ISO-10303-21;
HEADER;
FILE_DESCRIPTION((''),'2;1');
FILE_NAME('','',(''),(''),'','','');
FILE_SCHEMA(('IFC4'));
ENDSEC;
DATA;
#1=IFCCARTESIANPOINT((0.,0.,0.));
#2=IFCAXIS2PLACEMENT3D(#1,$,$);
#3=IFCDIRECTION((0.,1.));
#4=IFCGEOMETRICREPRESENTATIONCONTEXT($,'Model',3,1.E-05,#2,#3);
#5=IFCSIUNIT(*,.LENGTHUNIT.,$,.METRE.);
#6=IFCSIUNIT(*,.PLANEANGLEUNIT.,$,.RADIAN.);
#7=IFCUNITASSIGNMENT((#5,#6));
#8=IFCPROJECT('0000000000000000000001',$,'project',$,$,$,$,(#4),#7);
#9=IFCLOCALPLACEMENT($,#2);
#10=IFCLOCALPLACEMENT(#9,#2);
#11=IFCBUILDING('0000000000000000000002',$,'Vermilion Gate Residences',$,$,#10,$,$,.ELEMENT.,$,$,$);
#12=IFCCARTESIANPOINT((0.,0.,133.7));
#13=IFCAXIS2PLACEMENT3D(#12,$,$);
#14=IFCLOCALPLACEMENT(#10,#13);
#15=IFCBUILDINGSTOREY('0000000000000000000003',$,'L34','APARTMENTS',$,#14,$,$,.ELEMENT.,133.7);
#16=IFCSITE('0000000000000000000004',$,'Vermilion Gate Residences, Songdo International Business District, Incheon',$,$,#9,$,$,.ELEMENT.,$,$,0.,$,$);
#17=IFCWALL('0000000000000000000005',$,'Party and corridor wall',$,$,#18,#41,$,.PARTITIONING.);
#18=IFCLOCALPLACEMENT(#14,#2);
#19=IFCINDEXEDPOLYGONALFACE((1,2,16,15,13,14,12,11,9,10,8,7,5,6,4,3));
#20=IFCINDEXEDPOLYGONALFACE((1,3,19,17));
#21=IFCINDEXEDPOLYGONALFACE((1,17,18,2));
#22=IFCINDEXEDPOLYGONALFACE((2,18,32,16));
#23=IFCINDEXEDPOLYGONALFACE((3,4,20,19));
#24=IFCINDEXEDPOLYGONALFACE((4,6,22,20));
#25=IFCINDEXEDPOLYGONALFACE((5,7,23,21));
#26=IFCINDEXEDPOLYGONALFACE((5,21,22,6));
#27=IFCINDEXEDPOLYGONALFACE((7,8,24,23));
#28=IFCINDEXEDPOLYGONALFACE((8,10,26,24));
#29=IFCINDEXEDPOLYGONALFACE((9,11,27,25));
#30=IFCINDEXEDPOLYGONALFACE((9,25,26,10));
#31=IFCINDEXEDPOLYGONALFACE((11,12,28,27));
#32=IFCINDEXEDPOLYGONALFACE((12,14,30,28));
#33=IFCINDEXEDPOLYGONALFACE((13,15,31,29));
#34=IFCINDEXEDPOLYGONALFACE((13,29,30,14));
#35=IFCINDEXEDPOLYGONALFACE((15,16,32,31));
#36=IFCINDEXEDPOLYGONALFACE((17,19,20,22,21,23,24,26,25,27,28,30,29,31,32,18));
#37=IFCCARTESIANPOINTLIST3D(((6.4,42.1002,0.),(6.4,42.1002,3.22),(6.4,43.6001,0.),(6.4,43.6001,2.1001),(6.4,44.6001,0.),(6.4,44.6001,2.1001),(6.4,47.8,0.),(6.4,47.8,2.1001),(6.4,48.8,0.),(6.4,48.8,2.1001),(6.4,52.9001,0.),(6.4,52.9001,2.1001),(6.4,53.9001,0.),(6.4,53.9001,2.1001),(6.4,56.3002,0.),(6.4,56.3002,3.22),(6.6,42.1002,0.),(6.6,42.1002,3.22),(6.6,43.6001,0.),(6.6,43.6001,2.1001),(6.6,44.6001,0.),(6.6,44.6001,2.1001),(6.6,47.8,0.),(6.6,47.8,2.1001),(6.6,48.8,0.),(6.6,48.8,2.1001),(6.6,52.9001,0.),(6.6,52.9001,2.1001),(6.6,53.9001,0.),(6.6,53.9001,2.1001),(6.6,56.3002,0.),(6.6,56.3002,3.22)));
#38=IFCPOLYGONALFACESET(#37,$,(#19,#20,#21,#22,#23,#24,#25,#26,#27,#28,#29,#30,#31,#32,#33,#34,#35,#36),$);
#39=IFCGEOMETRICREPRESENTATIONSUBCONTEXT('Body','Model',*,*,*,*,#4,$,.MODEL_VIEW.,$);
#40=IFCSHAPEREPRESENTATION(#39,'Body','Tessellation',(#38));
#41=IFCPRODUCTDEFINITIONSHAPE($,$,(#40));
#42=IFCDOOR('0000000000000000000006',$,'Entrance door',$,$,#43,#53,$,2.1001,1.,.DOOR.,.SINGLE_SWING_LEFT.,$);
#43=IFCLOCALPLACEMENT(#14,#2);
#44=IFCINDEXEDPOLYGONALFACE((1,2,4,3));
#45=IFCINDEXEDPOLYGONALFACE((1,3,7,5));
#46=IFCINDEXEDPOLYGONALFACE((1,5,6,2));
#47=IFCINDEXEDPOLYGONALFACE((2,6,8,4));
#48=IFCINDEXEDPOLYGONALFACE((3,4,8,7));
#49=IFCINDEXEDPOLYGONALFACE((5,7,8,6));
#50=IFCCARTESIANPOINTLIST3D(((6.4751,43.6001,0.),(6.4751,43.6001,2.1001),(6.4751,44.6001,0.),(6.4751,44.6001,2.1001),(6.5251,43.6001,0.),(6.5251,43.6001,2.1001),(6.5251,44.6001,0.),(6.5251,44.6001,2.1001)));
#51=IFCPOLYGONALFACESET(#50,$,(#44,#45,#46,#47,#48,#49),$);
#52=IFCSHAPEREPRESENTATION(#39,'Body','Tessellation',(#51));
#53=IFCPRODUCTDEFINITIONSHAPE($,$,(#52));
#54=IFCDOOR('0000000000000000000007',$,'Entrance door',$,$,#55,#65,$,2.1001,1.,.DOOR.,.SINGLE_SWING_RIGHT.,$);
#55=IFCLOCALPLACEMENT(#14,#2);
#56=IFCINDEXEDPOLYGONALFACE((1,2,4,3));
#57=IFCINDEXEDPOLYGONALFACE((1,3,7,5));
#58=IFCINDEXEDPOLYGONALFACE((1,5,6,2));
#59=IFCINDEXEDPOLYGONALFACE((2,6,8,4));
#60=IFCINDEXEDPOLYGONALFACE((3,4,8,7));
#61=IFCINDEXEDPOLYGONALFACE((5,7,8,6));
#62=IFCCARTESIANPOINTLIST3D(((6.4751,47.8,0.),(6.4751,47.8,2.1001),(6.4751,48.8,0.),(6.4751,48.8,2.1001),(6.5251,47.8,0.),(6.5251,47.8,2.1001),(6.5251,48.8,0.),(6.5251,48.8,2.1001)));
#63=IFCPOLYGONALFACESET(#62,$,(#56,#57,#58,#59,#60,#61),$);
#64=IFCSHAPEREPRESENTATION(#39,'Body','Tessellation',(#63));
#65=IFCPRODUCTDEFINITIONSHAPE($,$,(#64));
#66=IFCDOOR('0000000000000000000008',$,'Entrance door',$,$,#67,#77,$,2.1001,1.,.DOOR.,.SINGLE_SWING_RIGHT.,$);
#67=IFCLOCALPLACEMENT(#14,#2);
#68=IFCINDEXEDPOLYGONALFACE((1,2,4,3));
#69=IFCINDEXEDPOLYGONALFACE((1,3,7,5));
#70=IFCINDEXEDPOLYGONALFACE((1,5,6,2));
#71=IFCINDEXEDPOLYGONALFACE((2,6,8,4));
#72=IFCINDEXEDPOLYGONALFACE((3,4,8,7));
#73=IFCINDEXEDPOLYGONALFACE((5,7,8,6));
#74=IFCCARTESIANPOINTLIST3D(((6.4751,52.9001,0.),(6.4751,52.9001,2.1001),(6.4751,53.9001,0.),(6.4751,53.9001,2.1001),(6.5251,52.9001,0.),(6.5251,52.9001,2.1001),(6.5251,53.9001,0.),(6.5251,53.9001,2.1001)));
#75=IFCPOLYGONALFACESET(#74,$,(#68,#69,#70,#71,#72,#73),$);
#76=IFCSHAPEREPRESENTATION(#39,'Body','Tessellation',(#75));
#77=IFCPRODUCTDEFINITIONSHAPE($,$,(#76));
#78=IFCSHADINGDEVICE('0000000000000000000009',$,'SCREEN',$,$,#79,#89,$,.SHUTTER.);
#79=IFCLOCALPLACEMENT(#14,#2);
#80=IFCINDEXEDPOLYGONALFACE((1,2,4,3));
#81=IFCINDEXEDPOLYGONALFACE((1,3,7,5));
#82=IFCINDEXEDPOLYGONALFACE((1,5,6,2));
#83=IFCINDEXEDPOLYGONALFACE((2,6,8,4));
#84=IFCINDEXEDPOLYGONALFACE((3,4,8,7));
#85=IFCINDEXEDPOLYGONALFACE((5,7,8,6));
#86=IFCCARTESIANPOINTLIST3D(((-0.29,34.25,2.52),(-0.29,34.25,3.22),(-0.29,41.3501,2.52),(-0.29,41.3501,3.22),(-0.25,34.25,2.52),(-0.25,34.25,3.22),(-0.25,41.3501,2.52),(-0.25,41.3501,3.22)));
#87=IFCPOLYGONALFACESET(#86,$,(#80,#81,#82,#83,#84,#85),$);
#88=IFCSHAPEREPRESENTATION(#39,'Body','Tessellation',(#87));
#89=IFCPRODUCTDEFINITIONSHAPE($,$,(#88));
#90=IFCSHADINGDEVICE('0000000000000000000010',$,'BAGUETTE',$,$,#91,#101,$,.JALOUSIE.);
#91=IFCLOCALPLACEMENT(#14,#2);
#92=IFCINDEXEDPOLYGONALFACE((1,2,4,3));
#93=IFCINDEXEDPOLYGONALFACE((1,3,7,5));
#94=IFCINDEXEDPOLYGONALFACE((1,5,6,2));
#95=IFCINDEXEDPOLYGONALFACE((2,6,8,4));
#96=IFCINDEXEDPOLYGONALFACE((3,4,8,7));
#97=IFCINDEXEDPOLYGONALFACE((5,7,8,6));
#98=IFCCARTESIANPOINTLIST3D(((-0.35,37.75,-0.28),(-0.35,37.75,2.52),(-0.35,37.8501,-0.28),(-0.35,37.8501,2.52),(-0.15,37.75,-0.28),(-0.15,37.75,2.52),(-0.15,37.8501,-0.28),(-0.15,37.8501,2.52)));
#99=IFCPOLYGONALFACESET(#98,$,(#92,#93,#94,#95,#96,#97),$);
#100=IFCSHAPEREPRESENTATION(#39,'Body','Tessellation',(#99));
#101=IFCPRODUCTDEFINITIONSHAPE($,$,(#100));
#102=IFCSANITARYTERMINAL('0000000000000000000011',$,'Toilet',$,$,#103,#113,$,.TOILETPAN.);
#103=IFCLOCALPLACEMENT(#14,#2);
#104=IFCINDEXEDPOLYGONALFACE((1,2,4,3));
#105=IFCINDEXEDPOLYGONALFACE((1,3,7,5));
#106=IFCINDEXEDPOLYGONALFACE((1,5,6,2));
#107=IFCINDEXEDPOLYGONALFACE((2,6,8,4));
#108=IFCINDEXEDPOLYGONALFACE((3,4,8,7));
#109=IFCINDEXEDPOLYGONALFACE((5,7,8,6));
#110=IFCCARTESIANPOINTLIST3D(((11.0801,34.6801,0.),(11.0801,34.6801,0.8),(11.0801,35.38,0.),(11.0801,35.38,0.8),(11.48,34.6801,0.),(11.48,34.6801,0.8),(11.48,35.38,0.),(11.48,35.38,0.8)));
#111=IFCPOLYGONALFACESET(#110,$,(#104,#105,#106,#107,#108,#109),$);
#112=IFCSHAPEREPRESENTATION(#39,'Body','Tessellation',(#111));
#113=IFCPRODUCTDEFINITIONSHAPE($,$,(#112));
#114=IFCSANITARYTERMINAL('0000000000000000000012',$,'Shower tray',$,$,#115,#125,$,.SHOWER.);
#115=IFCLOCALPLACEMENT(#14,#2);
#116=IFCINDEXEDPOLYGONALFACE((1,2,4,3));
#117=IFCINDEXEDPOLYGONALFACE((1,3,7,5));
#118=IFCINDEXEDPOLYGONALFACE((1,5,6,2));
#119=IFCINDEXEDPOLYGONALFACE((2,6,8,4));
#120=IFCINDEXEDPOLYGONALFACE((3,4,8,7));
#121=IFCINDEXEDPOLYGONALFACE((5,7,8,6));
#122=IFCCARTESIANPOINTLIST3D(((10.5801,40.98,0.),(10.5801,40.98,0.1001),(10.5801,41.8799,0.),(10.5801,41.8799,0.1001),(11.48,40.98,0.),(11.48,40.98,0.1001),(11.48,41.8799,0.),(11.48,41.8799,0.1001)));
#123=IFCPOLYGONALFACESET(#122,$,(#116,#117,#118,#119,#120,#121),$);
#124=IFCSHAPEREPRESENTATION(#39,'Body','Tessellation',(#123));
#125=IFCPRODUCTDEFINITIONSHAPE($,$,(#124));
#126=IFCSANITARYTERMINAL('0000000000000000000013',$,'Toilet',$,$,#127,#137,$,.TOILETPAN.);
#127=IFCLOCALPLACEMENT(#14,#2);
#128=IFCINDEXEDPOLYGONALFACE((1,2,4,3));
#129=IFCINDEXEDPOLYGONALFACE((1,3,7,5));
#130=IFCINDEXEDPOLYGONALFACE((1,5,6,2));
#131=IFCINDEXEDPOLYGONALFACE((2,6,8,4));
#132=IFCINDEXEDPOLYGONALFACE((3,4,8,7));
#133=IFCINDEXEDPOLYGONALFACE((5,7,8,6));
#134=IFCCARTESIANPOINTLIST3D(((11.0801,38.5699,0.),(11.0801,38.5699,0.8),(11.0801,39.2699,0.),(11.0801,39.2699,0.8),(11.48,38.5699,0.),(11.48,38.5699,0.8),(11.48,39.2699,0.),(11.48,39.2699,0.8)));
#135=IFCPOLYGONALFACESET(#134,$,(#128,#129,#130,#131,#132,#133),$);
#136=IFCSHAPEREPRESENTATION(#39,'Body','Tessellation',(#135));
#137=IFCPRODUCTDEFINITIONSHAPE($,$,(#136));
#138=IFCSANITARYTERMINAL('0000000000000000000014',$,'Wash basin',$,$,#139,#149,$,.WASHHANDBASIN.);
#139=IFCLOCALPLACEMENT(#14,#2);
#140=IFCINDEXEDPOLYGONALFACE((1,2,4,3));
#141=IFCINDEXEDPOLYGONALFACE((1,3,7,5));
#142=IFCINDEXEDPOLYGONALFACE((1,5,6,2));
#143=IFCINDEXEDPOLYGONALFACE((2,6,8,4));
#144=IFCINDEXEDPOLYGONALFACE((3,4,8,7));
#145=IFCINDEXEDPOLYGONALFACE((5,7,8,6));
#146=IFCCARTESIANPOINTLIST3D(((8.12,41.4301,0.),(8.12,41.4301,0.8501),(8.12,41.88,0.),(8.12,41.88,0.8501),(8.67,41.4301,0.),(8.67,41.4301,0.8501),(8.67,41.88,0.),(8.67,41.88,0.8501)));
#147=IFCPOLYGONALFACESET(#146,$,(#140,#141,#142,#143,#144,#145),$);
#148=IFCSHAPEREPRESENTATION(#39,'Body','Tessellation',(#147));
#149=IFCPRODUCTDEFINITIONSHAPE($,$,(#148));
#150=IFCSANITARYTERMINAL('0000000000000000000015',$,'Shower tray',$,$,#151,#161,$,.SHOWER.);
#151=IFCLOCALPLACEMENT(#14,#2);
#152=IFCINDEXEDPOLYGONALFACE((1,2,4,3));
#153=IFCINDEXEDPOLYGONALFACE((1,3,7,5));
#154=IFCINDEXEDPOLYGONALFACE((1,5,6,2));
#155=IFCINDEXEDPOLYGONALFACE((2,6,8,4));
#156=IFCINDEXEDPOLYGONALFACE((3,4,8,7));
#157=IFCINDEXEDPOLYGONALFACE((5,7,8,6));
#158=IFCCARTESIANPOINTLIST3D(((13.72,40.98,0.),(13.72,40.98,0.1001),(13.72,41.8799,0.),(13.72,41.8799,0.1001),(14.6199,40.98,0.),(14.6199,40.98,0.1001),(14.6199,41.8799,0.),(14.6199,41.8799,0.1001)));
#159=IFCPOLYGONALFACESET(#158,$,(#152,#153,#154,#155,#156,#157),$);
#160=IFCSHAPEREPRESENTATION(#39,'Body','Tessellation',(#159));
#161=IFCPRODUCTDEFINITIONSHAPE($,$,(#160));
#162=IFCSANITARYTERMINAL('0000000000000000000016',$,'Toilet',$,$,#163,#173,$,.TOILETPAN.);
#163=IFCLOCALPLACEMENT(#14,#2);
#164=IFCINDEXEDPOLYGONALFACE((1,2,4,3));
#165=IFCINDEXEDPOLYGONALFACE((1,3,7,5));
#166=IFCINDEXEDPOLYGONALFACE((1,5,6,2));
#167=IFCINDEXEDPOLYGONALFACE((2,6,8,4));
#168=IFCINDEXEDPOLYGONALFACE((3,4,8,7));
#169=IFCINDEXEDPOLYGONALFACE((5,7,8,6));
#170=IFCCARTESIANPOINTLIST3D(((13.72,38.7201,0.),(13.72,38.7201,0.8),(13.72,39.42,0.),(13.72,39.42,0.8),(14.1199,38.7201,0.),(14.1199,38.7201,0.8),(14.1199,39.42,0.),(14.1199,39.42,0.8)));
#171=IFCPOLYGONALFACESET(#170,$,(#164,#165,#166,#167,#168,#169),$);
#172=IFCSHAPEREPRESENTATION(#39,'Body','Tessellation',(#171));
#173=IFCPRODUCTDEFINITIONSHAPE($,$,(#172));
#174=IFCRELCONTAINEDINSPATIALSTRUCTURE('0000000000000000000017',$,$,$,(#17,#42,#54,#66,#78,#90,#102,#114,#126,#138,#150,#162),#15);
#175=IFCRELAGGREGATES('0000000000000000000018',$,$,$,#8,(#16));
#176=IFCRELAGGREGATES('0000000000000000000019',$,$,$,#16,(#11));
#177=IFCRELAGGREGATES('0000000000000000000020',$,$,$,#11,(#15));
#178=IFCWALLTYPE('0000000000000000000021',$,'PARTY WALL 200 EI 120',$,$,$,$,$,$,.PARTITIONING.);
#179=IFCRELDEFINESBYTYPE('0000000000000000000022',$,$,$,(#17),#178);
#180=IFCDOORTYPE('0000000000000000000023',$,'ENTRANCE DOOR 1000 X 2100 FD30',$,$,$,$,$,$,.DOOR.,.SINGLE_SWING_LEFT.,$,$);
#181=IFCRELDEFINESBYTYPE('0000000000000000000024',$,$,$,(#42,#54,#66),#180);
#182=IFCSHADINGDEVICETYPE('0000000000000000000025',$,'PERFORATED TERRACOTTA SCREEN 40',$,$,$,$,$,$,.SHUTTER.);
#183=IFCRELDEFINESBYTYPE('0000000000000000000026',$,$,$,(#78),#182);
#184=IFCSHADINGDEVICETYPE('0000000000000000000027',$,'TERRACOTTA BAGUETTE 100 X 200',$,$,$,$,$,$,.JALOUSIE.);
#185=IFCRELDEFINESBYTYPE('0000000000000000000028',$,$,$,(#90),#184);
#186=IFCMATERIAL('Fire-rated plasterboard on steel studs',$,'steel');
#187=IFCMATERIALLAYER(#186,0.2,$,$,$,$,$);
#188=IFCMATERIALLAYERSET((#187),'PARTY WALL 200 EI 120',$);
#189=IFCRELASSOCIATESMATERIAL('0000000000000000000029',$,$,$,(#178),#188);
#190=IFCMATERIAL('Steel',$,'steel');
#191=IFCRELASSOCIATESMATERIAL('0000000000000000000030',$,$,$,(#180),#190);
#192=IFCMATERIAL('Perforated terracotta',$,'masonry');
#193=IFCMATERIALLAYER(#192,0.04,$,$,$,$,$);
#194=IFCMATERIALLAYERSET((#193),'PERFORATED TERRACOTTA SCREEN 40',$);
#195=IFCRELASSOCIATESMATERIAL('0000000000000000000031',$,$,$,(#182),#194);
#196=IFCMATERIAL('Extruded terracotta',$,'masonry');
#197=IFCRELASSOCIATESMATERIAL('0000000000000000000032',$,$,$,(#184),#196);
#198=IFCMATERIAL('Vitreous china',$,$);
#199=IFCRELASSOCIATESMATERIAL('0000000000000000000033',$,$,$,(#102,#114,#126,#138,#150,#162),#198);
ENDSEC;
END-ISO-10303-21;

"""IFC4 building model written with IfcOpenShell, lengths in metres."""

from ifc_helpers import new_model, si_unit, direction, frame, frame_2d, origin, origin_2d, place, context, subcontext, project, spatial, rectangle, extrude, material, layer, layer_set, material_profile, profile_set, type_object, element, fill, save


model = new_model("IFC4")

# Units and contexts
model_context = context("Model", 3, precision=1e-05, world=origin(), true_north=direction((0.0, 1.0)))
body_context = subcontext(model_context, "Body", "Model", "MODEL_VIEW")
ifc_project = project(units=[si_unit("LENGTHUNIT", "METRE"), si_unit("PLANEANGLEUNIT", "RADIAN")], contexts=[model_context])

# Site, building, storey
site_placement = place(None, origin())
site = spatial("IfcSite", under=ifc_project, at=site_placement, Name="Vermilion Gate Residences, Songdo International Business District, Incheon", CompositionType="ELEMENT", RefElevation=0.0)
building_placement = place(site_placement, origin())
building = spatial("IfcBuilding", under=site, at=building_placement, Name="Vermilion Gate Residences", CompositionType="ELEMENT")
storey_placement = place(building_placement, frame((0.0, 0.0, 133.7)))
storey = spatial("IfcBuildingStorey", under=building, at=storey_placement, Name="L34", Description="APARTMENTS", CompositionType="ELEMENT", Elevation=133.7)

# Shared definitions
ifc_material_1 = material(Name="Fire-rated plasterboard on steel studs", Category="steel")
ifc_layer_1 = layer(ifc_material_1, 0.2)
ifc_layer_set_1 = layer_set([ifc_layer_1], Name="PARTY WALL 200 EI 120")
wall_type_1 = type_object("IfcWallType", Name="PARTY WALL 200 EI 120", PredefinedType="PARTITIONING", material=ifc_layer_set_1)

# Wall, openings, doors
wall_1_placement = place(storey_placement, frame((6.5, 42.1001, 0.0), z_axis=(0.0, 0.0, 1.0), x_axis=(0.0, 1.0, 0.0)))
wall_1 = element("IfcWall", 1, at=wall_1_placement, inside=storey, type_object=wall_type_1, Name="Party and corridor wall", PredefinedType="PARTITIONING", context=body_context, shape_type="SweptSolid", body=[
    extrude(rectangle(XDim=14.2, YDim=0.2, at=frame_2d((7.1001, 0.0))), origin(), (0.0, 0.0, 1.0), 3.22),
])
opening_1_placement = place(wall_1_placement, frame((1.5, 0.0, 0.0)))
opening_1 = element("IfcOpeningElement", 2, at=opening_1_placement, cuts=wall_1, PredefinedType="OPENING", context=body_context, shape_type="SweptSolid", body=[
    extrude(rectangle(XDim=1.0, YDim=2.1001, at=frame_2d((0.5, 1.05))), frame((0.0, 0.1099, 0.0), z_axis=(0.0, -1.0, 0.0), x_axis=(1.0, 0.0, 0.0)), (0.0, 0.0, 1.0), 0.22),
])
opening_2_placement = place(wall_1_placement, frame((5.7, 0.0, 0.0)))
opening_2 = element("IfcOpeningElement", 3, at=opening_2_placement, cuts=wall_1, PredefinedType="OPENING", context=body_context, shape_type="SweptSolid", body=[
    extrude(rectangle(XDim=1.0, YDim=2.1001, at=frame_2d((0.5, 1.05))), frame((0.0, 0.1099, 0.0), z_axis=(0.0, -1.0, 0.0), x_axis=(1.0, 0.0, 0.0)), (0.0, 0.0, 1.0), 0.22),
])
opening_3_placement = place(wall_1_placement, frame((10.8, 0.0, 0.0)))
opening_3 = element("IfcOpeningElement", 4, at=opening_3_placement, cuts=wall_1, PredefinedType="OPENING", context=body_context, shape_type="SweptSolid", body=[
    extrude(rectangle(XDim=1.0, YDim=2.1001, at=frame_2d((0.5, 1.05))), frame((0.0, 0.1099, 0.0), z_axis=(0.0, -1.0, 0.0), x_axis=(1.0, 0.0, 0.0)), (0.0, 0.0, 1.0), 0.22),
])
ifc_material_2 = material(Name="Steel", Category="steel")
door_type = type_object("IfcDoorType", Name="ENTRANCE DOOR 1000 X 2100 FD30", OperationType="SINGLE_SWING_LEFT", PredefinedType="DOOR", material=ifc_material_2)
door_1_placement = place(opening_1_placement, origin())
door_1 = element("IfcDoor", 5, at=door_1_placement, inside=storey, type_object=door_type, Name="Entrance door", OperationType="SINGLE_SWING_LEFT", OverallHeight=2.1001, OverallWidth=1.0, PredefinedType="DOOR", context=body_context, shape_type="SweptSolid", body=[
    extrude(rectangle(XDim=1.0, YDim=2.1001, at=frame_2d((0.5, 1.05))), frame((0.0, 0.0249, 0.0), z_axis=(0.0, -1.0, 0.0), x_axis=(1.0, 0.0, 0.0)), (0.0, 0.0, 1.0), 0.05),
])
fill(opening_1, door_1)
door_2_placement = place(opening_2_placement, origin())
door_2 = element("IfcDoor", 6, at=door_2_placement, inside=storey, type_object=door_type, Name="Entrance door", OperationType="SINGLE_SWING_RIGHT", OverallHeight=2.1001, OverallWidth=1.0, PredefinedType="DOOR", context=body_context, shape_type="SweptSolid", body=[
    extrude(rectangle(XDim=1.0, YDim=2.1001, at=frame_2d((0.5, 1.05))), frame((0.0, 0.0249, 0.0), z_axis=(0.0, -1.0, 0.0), x_axis=(1.0, 0.0, 0.0)), (0.0, 0.0, 1.0), 0.05),
])
fill(opening_2, door_2)
door_3_placement = place(opening_3_placement, origin())
door_3 = element("IfcDoor", 7, at=door_3_placement, inside=storey, type_object=door_type, Name="Entrance door", OperationType="SINGLE_SWING_RIGHT", OverallHeight=2.1001, OverallWidth=1.0, PredefinedType="DOOR", context=body_context, shape_type="SweptSolid", body=[
    extrude(rectangle(XDim=1.0, YDim=2.1001, at=frame_2d((0.5, 1.05))), frame((0.0, 0.0249, 0.0), z_axis=(0.0, -1.0, 0.0), x_axis=(1.0, 0.0, 0.0)), (0.0, 0.0, 1.0), 0.05),
])
fill(opening_3, door_3)

# Shading devices
ifc_material_3 = material(Name="Perforated terracotta", Category="masonry")
ifc_layer_2 = layer(ifc_material_3, 0.04)
ifc_layer_set_2 = layer_set([ifc_layer_2], Name="PERFORATED TERRACOTTA SCREEN 40")
shading_device_type_1 = type_object("IfcShadingDeviceType", Name="PERFORATED TERRACOTTA SCREEN 40", PredefinedType="SHUTTER", material=ifc_layer_set_2)
shading_device_1_placement = place(storey_placement, frame((-0.27, 37.8, 2.52), z_axis=(0.0, 0.0, 1.0), x_axis=(0.0, -1.0, 0.0)))
element("IfcShadingDevice", 8, at=shading_device_1_placement, inside=storey, type_object=shading_device_type_1, Name="SCREEN", PredefinedType="SHUTTER", context=body_context, shape_type="SweptSolid", body=[
    extrude(rectangle(XDim=7.1001, YDim=0.04, at=origin_2d()), origin(), (0.0, 0.0, 1.0), 0.7),
])
ifc_material_4 = material(Name="Extruded terracotta", Category="masonry")
ifc_material_profile_1 = material_profile(ifc_material_4, rectangle(XDim=0.2, YDim=0.1001, at=origin_2d()), Name="BAGUETTE 100 X 200")
ifc_profile_set_1 = profile_set([ifc_material_profile_1], Name="Extruded terracotta")
shading_device_type_2 = type_object("IfcShadingDeviceType", Name="TERRACOTTA BAGUETTE 100 X 200", PredefinedType="JALOUSIE", material=ifc_profile_set_1)
shading_device_2_placement = place(storey_placement, frame((-0.25, 37.8, -0.28), z_axis=(0.0, 0.0, 1.0), x_axis=(1.0, 0.0, 0.0)))
element("IfcShadingDevice", 9, at=shading_device_2_placement, inside=storey, type_object=shading_device_type_2, Name="BAGUETTE", PredefinedType="JALOUSIE", context=body_context, shape_type="SweptSolid", body=[
    extrude(rectangle(XDim=0.2, YDim=0.1001, at=origin_2d()), origin(), (0.0, 0.0, 1.0), 2.8),
])

# Sanitary terminals
ifc_material_5 = material(Name="Vitreous china")
sanitary_terminal_1_placement = place(storey_placement, frame((11.28, 35.03, 0.0), z_axis=(0.0, 0.0, 1.0), x_axis=(1.0, 0.0, 0.0)))
element("IfcSanitaryTerminal", 10, at=sanitary_terminal_1_placement, inside=storey, material=ifc_material_5, Name="Toilet", PredefinedType="TOILETPAN", context=body_context, shape_type="SweptSolid", body=[
    extrude(rectangle(XDim=0.3999, YDim=0.7, at=origin_2d()), origin(), (0.0, 0.0, 1.0), 0.8),
])
sanitary_terminal_2_placement = place(storey_placement, frame((11.03, 41.4299, 0.0), z_axis=(0.0, 0.0, 1.0), x_axis=(1.0, 0.0, 0.0)))
element("IfcSanitaryTerminal", 11, at=sanitary_terminal_2_placement, inside=storey, material=ifc_material_5, Name="Shower tray", PredefinedType="SHOWER", context=body_context, shape_type="SweptSolid", body=[
    extrude(rectangle(XDim=0.8999, YDim=0.8999, at=origin_2d()), origin(), (0.0, 0.0, 1.0), 0.1001),
])
sanitary_terminal_3_placement = place(storey_placement, frame((11.28, 38.9199, 0.0), z_axis=(0.0, 0.0, 1.0), x_axis=(1.0, 0.0, 0.0)))
element("IfcSanitaryTerminal", 12, at=sanitary_terminal_3_placement, inside=storey, material=ifc_material_5, Name="Toilet", PredefinedType="TOILETPAN", context=body_context, shape_type="SweptSolid", body=[
    extrude(rectangle(XDim=0.3999, YDim=0.7, at=origin_2d()), origin(), (0.0, 0.0, 1.0), 0.8),
])
sanitary_terminal_4_placement = place(storey_placement, frame((8.395, 41.655, 0.0), z_axis=(0.0, 0.0, 1.0), x_axis=(1.0, 0.0, 0.0)))
element("IfcSanitaryTerminal", 13, at=sanitary_terminal_4_placement, inside=storey, material=ifc_material_5, Name="Wash basin", PredefinedType="WASHHANDBASIN", context=body_context, shape_type="SweptSolid", body=[
    extrude(rectangle(XDim=0.55, YDim=0.45, at=origin_2d()), origin(), (0.0, 0.0, 1.0), 0.8501),
])
sanitary_terminal_5_placement = place(storey_placement, frame((14.1699, 41.4299, 0.0), z_axis=(0.0, 0.0, 1.0), x_axis=(1.0, 0.0, 0.0)))
element("IfcSanitaryTerminal", 14, at=sanitary_terminal_5_placement, inside=storey, material=ifc_material_5, Name="Shower tray", PredefinedType="SHOWER", context=body_context, shape_type="SweptSolid", body=[
    extrude(rectangle(XDim=0.8999, YDim=0.8999, at=origin_2d()), origin(), (0.0, 0.0, 1.0), 0.1001),
])
sanitary_terminal_6_placement = place(storey_placement, frame((13.9199, 39.0701, 0.0), z_axis=(0.0, 0.0, 1.0), x_axis=(1.0, 0.0, 0.0)))
element("IfcSanitaryTerminal", 15, at=sanitary_terminal_6_placement, inside=storey, material=ifc_material_5, Name="Toilet", PredefinedType="TOILETPAN", context=body_context, shape_type="SweptSolid", body=[
    extrude(rectangle(XDim=0.3999, YDim=0.7, at=origin_2d()), origin(), (0.0, 0.0, 1.0), 0.8),
])

save(model, "model.ifc")
